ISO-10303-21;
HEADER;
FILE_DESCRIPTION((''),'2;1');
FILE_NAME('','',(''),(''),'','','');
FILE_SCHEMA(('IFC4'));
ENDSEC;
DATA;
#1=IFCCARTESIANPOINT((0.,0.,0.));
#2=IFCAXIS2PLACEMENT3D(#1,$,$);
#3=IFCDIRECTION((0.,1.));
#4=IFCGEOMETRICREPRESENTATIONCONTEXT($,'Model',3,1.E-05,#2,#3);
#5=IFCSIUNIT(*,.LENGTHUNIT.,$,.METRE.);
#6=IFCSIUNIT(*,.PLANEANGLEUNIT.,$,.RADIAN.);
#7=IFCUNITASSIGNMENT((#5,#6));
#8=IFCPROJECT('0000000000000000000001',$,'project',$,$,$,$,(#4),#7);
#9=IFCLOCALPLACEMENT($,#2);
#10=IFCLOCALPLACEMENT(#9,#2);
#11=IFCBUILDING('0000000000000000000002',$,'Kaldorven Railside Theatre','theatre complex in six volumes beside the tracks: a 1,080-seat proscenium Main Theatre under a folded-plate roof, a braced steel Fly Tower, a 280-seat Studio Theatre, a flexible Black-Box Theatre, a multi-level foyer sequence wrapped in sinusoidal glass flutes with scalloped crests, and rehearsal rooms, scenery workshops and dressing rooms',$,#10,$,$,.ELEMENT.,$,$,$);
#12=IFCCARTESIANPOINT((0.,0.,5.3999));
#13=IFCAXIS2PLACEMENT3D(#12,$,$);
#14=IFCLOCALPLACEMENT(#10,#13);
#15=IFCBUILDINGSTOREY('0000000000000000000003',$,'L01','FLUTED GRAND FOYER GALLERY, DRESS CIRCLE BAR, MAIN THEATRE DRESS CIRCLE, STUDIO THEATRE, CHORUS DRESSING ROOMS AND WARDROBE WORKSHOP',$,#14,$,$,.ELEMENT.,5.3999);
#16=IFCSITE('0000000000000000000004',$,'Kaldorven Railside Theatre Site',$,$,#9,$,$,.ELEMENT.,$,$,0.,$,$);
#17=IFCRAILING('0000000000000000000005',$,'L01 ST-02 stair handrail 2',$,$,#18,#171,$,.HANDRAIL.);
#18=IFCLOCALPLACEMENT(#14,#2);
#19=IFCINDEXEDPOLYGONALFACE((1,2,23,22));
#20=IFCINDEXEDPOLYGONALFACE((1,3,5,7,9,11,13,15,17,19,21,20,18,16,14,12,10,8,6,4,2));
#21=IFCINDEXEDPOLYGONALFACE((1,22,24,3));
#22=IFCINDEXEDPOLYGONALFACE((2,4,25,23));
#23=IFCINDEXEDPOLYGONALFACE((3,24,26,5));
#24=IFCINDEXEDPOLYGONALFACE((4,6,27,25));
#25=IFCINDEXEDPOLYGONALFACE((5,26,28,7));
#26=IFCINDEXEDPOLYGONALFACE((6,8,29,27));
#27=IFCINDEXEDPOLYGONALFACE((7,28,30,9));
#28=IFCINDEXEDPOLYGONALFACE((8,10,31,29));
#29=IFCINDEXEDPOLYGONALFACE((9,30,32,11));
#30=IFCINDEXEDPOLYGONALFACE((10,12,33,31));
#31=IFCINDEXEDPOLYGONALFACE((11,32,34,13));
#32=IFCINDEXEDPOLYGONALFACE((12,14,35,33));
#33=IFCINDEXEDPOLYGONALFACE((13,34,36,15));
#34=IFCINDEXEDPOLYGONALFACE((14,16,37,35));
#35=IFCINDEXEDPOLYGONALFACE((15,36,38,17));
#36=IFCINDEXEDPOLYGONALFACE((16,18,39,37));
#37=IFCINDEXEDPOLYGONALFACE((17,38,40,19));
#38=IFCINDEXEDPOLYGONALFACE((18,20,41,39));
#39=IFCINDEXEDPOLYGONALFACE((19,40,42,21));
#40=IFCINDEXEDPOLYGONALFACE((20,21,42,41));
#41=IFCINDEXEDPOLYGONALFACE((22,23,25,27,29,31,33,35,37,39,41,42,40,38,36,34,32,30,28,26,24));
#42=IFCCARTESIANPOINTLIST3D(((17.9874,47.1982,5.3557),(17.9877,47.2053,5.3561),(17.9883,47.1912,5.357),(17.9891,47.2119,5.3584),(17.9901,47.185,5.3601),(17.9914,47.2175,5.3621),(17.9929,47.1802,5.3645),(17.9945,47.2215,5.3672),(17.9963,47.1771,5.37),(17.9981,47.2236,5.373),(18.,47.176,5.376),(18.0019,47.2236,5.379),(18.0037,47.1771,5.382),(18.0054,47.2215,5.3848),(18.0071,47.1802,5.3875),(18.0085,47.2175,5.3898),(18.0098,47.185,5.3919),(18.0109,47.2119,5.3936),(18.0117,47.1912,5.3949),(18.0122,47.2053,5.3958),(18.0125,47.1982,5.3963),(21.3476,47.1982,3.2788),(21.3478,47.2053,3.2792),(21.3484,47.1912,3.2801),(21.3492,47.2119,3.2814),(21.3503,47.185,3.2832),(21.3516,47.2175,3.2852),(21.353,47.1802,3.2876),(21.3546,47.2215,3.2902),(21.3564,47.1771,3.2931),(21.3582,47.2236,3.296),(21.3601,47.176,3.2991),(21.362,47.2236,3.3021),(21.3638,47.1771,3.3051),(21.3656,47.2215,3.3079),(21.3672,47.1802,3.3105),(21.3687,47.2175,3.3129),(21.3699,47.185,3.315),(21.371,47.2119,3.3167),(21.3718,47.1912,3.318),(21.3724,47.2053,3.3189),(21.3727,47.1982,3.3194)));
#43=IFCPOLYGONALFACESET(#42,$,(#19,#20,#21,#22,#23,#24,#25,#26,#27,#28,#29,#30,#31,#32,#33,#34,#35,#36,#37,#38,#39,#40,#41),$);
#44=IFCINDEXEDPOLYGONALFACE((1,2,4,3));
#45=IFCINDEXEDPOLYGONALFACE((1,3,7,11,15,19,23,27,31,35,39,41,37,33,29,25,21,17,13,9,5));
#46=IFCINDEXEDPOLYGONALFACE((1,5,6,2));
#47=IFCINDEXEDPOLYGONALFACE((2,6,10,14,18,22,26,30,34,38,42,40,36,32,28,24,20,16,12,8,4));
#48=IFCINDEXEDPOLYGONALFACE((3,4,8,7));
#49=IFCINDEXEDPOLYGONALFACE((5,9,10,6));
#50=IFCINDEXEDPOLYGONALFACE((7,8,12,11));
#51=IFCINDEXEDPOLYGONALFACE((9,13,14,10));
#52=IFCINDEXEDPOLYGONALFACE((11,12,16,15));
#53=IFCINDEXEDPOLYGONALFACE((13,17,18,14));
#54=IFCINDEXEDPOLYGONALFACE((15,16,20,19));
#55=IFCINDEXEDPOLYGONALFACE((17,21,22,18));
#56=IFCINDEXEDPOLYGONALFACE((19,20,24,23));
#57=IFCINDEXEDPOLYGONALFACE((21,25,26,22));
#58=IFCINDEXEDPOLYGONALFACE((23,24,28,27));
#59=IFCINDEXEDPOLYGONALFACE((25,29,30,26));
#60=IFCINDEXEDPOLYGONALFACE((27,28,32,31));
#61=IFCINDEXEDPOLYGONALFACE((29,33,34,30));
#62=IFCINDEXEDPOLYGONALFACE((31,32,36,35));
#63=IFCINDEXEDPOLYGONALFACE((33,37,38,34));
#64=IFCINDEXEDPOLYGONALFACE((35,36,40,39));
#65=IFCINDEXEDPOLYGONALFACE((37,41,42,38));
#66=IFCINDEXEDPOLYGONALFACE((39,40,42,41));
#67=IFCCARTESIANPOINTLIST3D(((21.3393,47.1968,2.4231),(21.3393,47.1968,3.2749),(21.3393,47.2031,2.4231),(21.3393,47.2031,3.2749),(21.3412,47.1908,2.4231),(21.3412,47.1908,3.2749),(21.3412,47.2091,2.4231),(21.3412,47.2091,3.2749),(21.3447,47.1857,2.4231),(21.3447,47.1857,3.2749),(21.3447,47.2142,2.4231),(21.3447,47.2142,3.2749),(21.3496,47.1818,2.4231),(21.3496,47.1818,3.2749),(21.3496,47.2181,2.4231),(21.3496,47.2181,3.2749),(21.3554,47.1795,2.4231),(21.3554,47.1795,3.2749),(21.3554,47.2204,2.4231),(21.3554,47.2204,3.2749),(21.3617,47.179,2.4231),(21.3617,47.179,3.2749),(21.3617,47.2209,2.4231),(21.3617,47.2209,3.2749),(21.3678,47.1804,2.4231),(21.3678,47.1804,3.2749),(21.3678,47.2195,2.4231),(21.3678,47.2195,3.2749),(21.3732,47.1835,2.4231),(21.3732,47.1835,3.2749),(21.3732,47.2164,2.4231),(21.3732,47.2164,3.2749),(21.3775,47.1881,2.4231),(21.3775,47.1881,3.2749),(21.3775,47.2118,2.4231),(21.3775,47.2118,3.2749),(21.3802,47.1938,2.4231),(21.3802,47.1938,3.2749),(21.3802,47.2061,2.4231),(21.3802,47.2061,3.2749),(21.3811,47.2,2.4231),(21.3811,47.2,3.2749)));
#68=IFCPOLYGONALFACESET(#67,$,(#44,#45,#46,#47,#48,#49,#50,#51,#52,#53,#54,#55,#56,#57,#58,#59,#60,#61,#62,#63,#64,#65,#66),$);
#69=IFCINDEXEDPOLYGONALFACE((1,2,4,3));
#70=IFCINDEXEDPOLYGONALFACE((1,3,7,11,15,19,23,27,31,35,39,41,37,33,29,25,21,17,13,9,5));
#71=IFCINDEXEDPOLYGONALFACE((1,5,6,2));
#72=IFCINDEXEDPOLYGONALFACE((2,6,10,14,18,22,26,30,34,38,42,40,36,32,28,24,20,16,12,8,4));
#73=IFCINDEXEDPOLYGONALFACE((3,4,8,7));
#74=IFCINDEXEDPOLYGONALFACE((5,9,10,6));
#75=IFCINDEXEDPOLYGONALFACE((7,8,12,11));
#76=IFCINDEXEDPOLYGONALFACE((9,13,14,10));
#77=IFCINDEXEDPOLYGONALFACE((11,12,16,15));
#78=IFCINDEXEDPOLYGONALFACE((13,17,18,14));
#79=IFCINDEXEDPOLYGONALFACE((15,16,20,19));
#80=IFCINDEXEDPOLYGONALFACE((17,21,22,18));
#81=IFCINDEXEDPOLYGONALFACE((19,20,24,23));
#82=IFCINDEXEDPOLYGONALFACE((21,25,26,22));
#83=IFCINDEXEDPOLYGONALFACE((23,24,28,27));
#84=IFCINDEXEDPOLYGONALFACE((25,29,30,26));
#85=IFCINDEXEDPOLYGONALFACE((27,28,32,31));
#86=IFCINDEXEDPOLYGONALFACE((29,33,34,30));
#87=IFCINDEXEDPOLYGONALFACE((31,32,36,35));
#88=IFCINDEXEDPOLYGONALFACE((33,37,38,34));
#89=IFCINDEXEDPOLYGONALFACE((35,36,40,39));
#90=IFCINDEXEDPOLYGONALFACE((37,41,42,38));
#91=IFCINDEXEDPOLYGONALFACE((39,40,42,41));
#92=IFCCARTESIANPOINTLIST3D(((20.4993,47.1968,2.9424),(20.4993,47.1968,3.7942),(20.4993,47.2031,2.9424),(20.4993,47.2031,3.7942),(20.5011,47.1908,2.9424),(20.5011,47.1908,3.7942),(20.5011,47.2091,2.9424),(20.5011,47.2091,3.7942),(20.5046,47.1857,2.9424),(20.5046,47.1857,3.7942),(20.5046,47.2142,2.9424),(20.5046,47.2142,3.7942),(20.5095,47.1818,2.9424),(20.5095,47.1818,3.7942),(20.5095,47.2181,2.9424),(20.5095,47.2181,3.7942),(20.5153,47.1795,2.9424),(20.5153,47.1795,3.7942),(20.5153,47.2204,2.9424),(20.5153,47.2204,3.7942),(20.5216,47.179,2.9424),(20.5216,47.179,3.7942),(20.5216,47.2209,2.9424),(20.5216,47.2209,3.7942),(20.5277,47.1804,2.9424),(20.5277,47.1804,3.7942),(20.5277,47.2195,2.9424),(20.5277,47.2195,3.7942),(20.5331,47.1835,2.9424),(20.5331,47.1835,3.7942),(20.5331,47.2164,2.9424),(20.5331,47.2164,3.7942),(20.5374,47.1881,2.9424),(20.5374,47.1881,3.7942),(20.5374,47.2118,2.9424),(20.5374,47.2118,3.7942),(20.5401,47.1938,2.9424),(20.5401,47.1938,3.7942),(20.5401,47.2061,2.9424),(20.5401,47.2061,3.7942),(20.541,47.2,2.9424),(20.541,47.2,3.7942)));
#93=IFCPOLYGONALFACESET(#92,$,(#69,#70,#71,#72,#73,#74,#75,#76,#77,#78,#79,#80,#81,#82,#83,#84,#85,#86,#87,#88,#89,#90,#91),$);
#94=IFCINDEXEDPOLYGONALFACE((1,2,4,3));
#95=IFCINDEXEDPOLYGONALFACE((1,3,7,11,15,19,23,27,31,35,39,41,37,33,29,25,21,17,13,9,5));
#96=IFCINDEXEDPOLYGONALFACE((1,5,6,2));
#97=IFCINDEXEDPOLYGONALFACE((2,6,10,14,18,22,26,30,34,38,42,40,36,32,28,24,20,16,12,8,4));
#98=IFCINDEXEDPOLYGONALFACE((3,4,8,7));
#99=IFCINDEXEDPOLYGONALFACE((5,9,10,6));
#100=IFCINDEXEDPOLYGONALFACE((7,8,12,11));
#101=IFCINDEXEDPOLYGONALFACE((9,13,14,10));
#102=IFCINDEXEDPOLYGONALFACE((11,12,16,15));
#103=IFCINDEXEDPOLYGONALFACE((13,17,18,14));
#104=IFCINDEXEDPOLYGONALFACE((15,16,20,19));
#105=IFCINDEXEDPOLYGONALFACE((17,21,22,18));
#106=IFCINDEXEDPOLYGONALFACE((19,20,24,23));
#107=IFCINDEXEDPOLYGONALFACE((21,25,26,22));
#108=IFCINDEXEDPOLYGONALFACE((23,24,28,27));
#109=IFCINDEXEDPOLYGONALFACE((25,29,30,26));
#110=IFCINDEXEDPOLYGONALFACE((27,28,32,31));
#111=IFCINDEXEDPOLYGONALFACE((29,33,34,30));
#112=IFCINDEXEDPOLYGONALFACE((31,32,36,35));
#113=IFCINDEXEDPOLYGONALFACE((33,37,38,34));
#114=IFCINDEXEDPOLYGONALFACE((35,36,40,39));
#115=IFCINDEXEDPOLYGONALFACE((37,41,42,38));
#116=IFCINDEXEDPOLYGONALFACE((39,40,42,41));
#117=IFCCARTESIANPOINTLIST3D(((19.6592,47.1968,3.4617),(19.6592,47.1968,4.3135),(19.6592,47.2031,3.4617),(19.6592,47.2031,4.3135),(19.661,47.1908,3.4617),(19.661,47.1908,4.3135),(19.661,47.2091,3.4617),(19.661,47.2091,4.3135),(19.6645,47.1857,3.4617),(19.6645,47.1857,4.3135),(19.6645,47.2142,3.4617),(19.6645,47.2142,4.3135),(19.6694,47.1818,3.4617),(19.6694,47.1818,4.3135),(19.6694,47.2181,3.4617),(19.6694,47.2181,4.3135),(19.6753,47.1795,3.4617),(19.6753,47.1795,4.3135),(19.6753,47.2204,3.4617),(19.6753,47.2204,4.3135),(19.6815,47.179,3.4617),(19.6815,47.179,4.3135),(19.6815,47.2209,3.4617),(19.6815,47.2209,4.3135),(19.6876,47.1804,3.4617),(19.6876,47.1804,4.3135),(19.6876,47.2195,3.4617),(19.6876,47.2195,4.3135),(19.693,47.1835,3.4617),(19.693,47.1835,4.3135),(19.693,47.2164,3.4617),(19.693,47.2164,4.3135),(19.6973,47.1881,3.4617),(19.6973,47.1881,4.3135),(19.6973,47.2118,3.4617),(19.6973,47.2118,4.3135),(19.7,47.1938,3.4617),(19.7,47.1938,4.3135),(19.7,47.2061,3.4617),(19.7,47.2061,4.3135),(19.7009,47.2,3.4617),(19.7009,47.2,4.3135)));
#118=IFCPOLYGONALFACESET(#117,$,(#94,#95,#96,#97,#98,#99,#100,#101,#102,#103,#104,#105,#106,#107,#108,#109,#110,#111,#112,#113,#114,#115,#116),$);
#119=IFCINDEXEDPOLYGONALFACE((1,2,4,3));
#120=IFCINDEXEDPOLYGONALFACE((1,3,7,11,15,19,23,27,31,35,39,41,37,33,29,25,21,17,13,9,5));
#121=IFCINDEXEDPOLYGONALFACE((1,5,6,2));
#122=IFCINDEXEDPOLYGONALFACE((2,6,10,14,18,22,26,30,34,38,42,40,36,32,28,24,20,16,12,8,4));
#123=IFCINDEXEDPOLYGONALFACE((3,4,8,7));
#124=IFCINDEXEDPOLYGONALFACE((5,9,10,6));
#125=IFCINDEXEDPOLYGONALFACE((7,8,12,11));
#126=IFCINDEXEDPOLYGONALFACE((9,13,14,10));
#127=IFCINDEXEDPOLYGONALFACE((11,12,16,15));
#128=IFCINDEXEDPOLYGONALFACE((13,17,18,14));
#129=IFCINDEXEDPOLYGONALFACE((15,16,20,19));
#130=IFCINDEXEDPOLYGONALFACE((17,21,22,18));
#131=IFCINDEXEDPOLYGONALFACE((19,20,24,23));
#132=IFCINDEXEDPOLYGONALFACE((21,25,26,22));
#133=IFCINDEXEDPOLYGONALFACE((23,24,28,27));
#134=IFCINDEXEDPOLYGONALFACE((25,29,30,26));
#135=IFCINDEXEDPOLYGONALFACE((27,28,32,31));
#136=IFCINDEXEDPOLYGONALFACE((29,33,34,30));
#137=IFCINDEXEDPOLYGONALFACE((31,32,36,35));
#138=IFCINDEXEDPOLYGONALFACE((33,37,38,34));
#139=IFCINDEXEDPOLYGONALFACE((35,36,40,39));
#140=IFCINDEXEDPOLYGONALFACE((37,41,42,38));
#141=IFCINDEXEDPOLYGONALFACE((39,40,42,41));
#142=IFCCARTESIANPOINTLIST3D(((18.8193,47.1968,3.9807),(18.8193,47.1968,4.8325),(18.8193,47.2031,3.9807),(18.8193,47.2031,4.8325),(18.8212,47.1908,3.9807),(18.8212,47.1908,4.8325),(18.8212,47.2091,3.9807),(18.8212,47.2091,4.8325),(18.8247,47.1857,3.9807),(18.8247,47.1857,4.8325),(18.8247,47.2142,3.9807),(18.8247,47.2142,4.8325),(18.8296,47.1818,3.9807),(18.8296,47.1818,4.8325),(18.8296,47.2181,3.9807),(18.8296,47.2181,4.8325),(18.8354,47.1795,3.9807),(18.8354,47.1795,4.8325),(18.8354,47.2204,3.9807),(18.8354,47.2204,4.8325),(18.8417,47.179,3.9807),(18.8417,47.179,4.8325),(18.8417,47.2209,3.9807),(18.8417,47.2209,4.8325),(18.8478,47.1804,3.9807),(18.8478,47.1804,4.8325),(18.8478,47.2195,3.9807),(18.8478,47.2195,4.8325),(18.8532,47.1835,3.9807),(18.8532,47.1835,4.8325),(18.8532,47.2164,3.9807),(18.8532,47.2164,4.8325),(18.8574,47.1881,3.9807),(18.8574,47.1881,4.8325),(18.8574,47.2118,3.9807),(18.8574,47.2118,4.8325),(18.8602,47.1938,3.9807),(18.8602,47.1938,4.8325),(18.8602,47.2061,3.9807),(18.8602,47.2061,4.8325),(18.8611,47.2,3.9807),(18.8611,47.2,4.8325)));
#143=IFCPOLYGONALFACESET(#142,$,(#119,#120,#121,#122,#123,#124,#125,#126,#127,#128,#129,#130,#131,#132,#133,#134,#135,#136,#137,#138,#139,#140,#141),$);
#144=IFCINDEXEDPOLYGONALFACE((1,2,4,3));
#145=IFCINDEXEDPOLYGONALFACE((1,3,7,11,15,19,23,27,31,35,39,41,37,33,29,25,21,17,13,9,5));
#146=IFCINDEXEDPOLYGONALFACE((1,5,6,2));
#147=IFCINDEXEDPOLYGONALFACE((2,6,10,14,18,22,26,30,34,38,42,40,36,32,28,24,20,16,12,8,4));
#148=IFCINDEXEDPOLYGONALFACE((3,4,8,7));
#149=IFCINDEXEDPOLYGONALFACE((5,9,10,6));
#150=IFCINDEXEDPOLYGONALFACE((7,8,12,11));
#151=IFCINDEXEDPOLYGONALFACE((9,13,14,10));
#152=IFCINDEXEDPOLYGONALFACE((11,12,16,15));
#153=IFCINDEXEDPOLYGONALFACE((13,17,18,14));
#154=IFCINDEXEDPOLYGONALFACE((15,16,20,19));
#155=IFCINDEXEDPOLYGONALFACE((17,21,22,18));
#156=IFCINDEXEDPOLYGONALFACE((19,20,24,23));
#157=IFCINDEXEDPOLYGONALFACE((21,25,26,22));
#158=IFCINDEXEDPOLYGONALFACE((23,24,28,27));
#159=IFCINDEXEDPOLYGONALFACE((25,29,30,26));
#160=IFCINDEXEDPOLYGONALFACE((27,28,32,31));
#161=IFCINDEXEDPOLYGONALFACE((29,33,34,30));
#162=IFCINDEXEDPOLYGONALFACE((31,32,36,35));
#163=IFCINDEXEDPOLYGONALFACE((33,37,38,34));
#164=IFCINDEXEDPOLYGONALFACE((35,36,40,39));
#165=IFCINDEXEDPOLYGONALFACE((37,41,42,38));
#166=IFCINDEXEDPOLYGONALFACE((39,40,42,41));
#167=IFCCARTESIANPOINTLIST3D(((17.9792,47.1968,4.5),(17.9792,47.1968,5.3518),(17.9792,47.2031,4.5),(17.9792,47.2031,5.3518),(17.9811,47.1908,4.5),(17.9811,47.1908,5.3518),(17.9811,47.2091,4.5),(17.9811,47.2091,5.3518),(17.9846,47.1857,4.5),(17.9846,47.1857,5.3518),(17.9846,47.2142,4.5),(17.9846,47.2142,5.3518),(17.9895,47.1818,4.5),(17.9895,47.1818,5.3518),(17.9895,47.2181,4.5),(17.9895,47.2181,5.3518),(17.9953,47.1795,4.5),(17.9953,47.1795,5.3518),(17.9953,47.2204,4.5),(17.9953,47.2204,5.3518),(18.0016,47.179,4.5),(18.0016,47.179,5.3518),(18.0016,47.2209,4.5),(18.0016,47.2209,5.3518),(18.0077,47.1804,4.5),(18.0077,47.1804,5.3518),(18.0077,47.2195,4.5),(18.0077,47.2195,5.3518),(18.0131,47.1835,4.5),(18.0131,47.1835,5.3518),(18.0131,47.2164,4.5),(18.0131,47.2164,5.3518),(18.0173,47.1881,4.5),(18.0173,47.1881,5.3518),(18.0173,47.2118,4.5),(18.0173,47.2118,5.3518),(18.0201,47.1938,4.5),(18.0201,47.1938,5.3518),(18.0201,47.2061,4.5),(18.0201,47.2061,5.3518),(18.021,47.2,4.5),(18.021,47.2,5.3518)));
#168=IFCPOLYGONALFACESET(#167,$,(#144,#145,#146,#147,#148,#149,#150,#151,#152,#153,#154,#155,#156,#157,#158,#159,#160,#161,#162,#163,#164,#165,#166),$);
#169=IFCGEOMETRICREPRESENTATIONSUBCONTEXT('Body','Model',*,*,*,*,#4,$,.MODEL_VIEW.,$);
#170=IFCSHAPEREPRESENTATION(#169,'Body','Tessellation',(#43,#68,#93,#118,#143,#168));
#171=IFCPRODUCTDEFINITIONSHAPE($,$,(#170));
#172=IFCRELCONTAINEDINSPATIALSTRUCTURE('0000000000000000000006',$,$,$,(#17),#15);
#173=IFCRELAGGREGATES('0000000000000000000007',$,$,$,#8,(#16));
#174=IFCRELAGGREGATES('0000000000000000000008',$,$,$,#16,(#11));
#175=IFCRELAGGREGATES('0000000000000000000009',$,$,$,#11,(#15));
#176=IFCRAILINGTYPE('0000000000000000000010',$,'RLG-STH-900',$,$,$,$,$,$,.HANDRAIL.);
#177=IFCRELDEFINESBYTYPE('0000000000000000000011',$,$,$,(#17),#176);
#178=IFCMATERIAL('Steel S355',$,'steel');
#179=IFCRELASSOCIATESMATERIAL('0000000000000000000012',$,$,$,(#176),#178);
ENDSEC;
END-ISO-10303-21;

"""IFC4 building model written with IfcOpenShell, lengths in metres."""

from ifc_helpers import new_model, si_unit, direction, frame, origin, origin_2d, place, context, subcontext, project, spatial, circle, extrude, material, type_object, element, save


model = new_model("IFC4")

# Units and contexts
model_context = context("Model", 3, precision=1e-05, world=origin(), true_north=direction((0.0, 1.0)))
body_context = subcontext(model_context, "Body", "Model", "MODEL_VIEW")
ifc_project = project(units=[si_unit("LENGTHUNIT", "METRE"), si_unit("PLANEANGLEUNIT", "RADIAN")], contexts=[model_context])

# Site, building, storey
site_placement = place(None, origin())
site = spatial("IfcSite", under=ifc_project, at=site_placement, Name="Kaldorven Railside Theatre Site", CompositionType="ELEMENT", RefElevation=0.0)
building_placement = place(site_placement, origin())
building = spatial("IfcBuilding", under=site, at=building_placement, Name="Kaldorven Railside Theatre", Description="theatre complex in six volumes beside the tracks: a 1,080-seat proscenium Main Theatre under a folded-plate roof, a braced steel Fly Tower, a 280-seat Studio Theatre, a flexible Black-Box Theatre, a multi-level foyer sequence wrapped in sinusoidal glass flutes with scalloped crests, and rehearsal rooms, scenery workshops and dressing rooms", CompositionType="ELEMENT")
storey_placement = place(building_placement, frame((0.0, 0.0, 5.3999)))
storey = spatial("IfcBuildingStorey", under=building, at=storey_placement, Name="L01", Description="FLUTED GRAND FOYER GALLERY, DRESS CIRCLE BAR, MAIN THEATRE DRESS CIRCLE, STUDIO THEATRE, CHORUS DRESSING ROOMS AND WARDROBE WORKSHOP", CompositionType="ELEMENT", Elevation=5.3999)

# Shared definitions
ifc_material_1 = material(Name="Steel S355", Category="steel")

# Railing
railing_type_1 = type_object("IfcRailingType", Name="RLG-STH-900", PredefinedType="HANDRAIL", material=ifc_material_1)
railing_1_placement = place(storey_placement, frame((21.3601, 47.2, 2.4231)))
element("IfcRailing", 1, at=railing_1_placement, inside=storey, type_object=railing_type_1, Name="L01 ST-02 stair handrail 2", PredefinedType="HANDRAIL", context=body_context, shape_type="SweptSolid", body=[
    extrude(circle(Radius=0.0239, at=origin_2d()), frame((0.0, 0.0, 0.876), z_axis=(-0.850623, 0.0, 0.525776), x_axis=(0.0, -1.0, 0.0)), (0.0, 0.0, 1.0), 3.9502),
    extrude(circle(Radius=0.021, at=origin_2d()), origin(), (0.0, 0.0, 1.0), 0.8518),
    extrude(circle(Radius=0.021, at=origin_2d()), frame((-0.8401, 0.0, 0.5193)), (0.0, 0.0, 1.0), 0.8518),
    extrude(circle(Radius=0.021, at=origin_2d()), frame((-1.6802, 0.0, 1.0386)), (0.0, 0.0, 1.0), 0.8518),
    extrude(circle(Radius=0.021, at=origin_2d()), frame((-2.52, 0.0, 1.5576)), (0.0, 0.0, 1.0), 0.8518),
    extrude(circle(Radius=0.021, at=origin_2d()), frame((-3.3601, 0.0, 2.0769)), (0.0, 0.0, 1.0), 0.8518),
])

save(model, "model.ifc")
